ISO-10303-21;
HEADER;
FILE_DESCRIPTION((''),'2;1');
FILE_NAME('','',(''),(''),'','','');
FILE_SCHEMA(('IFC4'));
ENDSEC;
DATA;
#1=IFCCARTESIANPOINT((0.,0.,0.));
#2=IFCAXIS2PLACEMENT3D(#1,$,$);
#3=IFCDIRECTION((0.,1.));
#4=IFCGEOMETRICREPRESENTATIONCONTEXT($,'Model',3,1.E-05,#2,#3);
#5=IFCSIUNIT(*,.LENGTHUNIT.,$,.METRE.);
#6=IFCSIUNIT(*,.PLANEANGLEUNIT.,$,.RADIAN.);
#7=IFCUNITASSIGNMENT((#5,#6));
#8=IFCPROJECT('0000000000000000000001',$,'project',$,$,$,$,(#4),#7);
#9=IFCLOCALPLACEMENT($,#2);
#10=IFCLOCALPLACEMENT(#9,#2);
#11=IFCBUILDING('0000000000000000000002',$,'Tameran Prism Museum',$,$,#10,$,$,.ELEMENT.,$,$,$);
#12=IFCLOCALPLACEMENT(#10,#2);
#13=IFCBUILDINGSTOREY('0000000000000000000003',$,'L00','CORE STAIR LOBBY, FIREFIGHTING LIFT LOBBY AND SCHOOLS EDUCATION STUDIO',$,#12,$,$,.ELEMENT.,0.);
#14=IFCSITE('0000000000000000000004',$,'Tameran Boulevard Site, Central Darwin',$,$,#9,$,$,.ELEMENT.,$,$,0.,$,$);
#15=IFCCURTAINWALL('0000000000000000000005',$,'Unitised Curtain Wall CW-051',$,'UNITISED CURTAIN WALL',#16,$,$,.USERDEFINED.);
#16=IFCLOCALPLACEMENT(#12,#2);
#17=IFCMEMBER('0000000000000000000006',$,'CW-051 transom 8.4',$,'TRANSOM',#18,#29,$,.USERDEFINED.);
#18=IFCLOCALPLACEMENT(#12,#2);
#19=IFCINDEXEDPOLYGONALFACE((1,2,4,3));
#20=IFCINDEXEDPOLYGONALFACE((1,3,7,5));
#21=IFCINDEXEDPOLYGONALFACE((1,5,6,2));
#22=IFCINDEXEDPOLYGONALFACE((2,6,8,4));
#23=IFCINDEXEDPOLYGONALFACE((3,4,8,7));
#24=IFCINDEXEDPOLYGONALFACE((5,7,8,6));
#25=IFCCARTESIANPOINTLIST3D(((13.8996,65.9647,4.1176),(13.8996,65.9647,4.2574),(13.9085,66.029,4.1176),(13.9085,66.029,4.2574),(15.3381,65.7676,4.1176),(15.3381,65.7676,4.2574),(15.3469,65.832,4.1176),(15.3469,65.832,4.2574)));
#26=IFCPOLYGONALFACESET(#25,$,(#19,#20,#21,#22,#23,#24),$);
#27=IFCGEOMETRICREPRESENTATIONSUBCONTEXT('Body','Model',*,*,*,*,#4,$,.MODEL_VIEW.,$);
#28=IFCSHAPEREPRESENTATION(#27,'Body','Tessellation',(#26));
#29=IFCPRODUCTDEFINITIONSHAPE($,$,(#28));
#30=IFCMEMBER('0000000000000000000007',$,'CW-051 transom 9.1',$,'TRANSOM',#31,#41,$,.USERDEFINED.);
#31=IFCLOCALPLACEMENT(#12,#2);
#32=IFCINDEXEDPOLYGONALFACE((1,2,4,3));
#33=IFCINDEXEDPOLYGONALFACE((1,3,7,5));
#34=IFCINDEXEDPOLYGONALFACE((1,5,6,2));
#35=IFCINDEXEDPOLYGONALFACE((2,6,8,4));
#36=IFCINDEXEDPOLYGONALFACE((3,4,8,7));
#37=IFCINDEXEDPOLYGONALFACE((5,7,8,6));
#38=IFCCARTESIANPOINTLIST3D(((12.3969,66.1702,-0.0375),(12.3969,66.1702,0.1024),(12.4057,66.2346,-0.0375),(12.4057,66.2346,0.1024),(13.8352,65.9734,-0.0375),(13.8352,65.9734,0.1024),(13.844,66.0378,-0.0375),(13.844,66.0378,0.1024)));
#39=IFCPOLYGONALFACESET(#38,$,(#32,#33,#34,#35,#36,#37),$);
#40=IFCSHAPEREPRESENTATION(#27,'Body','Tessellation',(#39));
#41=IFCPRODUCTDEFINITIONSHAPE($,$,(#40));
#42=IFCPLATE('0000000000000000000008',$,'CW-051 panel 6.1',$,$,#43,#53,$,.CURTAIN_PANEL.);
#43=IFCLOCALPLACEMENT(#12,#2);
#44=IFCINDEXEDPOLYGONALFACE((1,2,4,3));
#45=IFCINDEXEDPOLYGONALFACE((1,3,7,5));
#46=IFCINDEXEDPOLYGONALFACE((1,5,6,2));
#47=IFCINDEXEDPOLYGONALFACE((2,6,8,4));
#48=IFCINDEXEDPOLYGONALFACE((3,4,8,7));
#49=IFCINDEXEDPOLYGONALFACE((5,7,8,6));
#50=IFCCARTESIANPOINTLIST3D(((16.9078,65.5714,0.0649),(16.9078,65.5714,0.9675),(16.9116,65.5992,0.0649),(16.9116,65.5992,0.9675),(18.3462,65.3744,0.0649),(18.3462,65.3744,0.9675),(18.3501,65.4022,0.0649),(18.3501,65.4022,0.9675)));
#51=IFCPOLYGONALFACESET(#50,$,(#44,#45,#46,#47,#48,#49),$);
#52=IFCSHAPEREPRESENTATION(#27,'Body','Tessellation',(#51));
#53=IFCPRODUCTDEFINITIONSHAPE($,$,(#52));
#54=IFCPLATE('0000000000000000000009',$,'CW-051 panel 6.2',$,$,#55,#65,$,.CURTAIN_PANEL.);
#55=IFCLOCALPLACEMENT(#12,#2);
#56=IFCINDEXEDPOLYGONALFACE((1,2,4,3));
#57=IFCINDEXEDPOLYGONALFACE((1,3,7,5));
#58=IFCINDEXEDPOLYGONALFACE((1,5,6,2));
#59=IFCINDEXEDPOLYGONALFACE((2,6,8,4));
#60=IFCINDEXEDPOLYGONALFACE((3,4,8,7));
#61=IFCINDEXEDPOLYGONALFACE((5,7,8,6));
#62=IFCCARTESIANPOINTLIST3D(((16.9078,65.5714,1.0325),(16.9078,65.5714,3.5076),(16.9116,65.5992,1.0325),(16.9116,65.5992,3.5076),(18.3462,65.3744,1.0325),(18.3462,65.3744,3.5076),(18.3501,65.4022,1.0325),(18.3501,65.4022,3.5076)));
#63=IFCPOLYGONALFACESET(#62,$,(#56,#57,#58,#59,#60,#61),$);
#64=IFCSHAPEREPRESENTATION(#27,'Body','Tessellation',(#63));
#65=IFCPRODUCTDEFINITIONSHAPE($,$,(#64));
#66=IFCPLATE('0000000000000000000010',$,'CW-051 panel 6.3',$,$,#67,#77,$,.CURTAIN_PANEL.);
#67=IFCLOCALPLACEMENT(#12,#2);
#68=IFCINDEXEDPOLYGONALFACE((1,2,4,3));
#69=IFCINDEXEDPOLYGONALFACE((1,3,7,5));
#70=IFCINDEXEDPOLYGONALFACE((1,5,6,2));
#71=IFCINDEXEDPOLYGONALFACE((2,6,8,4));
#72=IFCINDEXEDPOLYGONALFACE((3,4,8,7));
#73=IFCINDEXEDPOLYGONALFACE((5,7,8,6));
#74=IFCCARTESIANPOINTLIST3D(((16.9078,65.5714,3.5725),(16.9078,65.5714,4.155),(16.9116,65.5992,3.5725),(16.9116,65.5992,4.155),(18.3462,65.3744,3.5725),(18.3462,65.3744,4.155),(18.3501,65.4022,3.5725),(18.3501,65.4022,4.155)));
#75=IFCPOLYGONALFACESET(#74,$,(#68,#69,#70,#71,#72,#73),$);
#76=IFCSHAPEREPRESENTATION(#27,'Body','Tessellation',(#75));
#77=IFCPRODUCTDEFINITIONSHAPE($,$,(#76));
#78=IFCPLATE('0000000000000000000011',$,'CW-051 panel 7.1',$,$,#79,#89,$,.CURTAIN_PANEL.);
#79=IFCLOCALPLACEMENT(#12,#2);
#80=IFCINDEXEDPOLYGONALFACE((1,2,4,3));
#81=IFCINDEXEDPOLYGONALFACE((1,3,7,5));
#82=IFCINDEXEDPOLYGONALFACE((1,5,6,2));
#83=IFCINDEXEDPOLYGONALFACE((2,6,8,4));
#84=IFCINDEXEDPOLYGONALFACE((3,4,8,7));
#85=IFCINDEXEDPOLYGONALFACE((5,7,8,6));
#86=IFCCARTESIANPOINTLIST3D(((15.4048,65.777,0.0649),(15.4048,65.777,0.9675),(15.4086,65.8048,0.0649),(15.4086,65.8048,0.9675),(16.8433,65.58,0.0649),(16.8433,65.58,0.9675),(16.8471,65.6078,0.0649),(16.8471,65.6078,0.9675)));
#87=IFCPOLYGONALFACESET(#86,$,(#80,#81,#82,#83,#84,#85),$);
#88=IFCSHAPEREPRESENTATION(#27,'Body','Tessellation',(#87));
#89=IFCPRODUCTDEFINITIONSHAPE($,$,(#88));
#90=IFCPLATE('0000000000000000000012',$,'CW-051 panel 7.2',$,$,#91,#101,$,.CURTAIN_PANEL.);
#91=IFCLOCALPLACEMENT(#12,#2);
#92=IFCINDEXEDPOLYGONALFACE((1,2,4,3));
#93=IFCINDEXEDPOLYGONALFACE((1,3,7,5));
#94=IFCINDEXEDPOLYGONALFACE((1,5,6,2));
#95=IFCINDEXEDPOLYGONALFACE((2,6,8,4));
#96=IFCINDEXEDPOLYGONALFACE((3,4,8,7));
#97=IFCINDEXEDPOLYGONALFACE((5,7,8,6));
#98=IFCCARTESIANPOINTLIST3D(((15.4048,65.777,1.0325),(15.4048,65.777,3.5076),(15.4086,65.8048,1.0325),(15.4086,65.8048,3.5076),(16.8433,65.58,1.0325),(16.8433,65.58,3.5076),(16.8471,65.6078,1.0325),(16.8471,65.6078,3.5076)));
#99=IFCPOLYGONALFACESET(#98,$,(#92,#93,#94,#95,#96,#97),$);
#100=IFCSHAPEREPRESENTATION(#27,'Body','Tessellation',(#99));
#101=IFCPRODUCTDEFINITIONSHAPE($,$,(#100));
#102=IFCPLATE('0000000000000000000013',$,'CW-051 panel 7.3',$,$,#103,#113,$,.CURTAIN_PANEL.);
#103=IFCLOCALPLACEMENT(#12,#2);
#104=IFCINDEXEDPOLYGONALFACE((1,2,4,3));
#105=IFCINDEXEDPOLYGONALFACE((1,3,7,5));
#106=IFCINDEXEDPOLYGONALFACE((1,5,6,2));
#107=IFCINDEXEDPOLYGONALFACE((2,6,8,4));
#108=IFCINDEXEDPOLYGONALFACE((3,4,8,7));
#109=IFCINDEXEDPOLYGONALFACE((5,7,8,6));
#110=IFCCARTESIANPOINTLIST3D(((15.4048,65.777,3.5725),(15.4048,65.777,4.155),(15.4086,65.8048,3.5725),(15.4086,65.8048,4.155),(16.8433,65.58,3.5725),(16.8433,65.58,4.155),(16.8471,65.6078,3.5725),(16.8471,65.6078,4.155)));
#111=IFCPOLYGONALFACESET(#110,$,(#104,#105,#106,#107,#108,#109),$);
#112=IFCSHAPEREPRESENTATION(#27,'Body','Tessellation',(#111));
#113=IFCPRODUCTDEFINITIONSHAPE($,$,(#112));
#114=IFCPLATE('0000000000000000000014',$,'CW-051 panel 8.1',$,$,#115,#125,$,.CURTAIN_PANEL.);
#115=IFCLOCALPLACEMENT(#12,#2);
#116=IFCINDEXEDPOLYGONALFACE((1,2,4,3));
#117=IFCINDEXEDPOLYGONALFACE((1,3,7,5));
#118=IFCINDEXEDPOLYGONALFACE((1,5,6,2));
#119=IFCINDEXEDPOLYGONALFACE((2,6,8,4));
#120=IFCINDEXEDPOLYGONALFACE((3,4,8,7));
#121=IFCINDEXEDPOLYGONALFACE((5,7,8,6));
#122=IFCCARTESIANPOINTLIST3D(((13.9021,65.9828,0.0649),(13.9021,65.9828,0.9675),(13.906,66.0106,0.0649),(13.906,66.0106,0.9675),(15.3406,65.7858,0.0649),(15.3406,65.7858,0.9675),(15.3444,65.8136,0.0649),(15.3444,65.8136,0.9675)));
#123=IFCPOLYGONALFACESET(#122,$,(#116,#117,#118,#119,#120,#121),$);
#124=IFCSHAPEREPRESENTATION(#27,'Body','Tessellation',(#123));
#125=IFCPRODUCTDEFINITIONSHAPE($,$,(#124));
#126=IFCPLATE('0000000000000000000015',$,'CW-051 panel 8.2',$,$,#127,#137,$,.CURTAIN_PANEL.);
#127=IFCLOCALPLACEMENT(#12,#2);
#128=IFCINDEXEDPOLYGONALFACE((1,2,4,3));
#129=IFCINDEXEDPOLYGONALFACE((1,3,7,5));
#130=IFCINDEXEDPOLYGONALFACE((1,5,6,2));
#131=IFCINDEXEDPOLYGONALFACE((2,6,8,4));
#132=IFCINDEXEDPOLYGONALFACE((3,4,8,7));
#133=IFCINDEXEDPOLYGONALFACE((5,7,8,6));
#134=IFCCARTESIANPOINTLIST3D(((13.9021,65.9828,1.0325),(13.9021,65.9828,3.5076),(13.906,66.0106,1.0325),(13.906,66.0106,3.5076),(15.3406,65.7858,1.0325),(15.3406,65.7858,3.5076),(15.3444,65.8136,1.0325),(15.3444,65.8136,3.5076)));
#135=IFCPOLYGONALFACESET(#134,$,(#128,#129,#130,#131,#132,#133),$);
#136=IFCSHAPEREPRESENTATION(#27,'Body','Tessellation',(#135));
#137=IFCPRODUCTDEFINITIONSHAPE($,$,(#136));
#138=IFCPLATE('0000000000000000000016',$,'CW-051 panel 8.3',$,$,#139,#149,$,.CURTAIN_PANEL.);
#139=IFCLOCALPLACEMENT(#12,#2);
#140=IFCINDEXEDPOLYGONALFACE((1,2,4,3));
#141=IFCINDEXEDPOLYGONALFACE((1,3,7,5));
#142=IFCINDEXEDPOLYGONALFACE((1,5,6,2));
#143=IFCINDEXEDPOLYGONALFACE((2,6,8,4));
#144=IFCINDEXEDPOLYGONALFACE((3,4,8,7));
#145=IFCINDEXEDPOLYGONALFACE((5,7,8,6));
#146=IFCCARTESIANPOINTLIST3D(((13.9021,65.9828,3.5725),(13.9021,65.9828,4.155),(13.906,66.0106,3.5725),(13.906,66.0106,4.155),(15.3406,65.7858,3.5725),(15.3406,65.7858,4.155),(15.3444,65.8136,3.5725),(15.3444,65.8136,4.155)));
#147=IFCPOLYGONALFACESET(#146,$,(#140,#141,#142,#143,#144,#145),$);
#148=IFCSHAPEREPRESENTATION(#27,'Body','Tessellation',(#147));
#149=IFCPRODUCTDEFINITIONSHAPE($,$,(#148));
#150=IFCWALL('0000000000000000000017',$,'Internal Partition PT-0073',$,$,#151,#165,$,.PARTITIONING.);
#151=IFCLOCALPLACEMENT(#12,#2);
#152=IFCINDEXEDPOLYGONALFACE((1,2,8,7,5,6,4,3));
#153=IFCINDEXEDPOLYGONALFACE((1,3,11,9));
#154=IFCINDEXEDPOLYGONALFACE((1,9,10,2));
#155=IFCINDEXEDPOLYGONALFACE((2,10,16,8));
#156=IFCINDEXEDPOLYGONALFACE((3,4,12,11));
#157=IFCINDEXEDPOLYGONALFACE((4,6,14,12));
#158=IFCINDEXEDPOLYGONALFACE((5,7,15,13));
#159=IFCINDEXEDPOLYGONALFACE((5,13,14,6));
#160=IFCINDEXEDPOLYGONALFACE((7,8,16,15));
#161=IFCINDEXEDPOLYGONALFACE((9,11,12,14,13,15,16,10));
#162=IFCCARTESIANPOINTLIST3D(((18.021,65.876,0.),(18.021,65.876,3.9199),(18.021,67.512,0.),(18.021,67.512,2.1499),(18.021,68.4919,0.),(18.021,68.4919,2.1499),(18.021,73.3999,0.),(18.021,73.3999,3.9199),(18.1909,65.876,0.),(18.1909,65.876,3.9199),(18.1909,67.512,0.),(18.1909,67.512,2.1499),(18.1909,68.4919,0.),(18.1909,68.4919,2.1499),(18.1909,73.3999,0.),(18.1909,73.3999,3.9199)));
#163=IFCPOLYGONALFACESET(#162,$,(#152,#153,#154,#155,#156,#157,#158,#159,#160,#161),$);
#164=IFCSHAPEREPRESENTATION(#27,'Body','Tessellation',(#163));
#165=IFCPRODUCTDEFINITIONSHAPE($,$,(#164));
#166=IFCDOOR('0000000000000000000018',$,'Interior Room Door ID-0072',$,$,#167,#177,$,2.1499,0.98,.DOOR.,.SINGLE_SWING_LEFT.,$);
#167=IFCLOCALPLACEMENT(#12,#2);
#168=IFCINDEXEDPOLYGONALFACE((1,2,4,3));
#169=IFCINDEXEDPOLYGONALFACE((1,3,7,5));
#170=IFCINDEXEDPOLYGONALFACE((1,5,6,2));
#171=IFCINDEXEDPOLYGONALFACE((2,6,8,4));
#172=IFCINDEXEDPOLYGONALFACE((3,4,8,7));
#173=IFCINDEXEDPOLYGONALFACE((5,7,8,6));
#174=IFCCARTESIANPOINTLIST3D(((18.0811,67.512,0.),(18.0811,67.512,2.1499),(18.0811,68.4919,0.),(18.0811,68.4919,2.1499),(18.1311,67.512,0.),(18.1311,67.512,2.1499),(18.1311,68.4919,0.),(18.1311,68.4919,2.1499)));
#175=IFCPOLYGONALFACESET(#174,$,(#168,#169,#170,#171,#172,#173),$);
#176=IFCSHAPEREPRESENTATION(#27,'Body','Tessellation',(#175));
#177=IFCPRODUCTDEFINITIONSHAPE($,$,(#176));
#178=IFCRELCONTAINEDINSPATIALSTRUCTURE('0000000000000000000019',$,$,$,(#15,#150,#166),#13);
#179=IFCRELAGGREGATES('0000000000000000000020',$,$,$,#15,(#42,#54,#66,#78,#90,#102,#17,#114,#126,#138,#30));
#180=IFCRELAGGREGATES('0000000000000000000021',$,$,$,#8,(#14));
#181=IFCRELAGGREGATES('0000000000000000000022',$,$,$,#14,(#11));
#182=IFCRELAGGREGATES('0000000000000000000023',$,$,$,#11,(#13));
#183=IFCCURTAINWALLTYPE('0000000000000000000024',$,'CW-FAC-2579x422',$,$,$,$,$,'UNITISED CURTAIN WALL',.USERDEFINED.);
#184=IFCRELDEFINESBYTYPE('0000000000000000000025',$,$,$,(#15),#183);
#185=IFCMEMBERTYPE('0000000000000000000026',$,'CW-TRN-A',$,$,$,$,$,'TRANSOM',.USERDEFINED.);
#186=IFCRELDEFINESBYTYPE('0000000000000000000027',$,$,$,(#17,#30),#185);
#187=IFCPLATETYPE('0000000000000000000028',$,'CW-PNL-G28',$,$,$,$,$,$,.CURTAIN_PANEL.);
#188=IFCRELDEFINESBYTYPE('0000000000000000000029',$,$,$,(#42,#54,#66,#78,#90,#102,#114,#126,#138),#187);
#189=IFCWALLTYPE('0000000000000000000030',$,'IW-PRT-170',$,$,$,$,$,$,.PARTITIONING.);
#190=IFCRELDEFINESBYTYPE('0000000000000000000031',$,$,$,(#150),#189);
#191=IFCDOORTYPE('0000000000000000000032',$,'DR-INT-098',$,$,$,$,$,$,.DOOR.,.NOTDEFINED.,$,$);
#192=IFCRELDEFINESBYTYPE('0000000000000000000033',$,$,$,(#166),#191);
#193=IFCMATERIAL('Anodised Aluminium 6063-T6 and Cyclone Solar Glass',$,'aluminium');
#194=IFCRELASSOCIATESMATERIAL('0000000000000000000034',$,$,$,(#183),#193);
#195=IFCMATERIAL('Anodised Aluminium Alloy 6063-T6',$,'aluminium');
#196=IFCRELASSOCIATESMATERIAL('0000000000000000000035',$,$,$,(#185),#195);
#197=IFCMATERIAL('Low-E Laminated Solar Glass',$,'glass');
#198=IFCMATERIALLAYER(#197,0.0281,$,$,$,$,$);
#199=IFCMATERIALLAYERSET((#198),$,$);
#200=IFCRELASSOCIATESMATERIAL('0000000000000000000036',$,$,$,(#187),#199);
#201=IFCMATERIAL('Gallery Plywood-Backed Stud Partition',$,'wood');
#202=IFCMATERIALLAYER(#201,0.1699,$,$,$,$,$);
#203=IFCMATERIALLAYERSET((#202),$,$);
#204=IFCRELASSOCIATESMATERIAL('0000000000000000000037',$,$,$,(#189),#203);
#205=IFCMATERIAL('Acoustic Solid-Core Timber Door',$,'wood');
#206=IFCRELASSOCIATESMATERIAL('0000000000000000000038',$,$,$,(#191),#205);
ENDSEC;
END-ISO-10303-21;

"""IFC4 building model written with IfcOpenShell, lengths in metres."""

from ifc_helpers import new_model, si_unit, direction, frame, frame_2d, origin, origin_2d, place, context, subcontext, project, spatial, rectangle, extrude, material, layer, layer_set, material_profile, profile_set, type_object, element, fill, aggregate, save


model = new_model("IFC4")

# Units and contexts
model_context = context("Model", 3, precision=1e-05, world=origin(), true_north=direction((0.0, 1.0)))
body_context = subcontext(model_context, "Body", "Model", "MODEL_VIEW")
ifc_project = project(units=[si_unit("LENGTHUNIT", "METRE"), si_unit("PLANEANGLEUNIT", "RADIAN")], contexts=[model_context])

# Site, building, storey
site_placement = place(None, origin())
site = spatial("IfcSite", under=ifc_project, at=site_placement, Name="Tameran Boulevard Site, Central Darwin", CompositionType="ELEMENT", RefElevation=0.0)
building_placement = place(site_placement, origin())
building = spatial("IfcBuilding", under=site, at=building_placement, Name="Tameran Prism Museum", CompositionType="ELEMENT")
storey_placement = place(building_placement, origin())
storey = spatial("IfcBuildingStorey", under=building, at=storey_placement, Name="L00", Description="CORE STAIR LOBBY, FIREFIGHTING LIFT LOBBY AND SCHOOLS EDUCATION STUDIO", CompositionType="ELEMENT", Elevation=0.0)

# Curtain wall, members, plates
ifc_material_1 = material(Name="Anodised Aluminium 6063-T6 and Cyclone Solar Glass", Category="aluminium")
curtain_wall_type = type_object("IfcCurtainWallType", Name="CW-FAC-2579x422", ElementType="UNITISED CURTAIN WALL", PredefinedType="USERDEFINED", material=ifc_material_1)
curtain_wall_placement = place(storey_placement, origin())
curtain_wall = element("IfcCurtainWall", 1, at=curtain_wall_placement, inside=storey, type_object=curtain_wall_type, Name="Unitised Curtain Wall CW-051", ObjectType="UNITISED CURTAIN WALL", PredefinedType="USERDEFINED")
ifc_material_2 = material(Name="Anodised Aluminium Alloy 6063-T6", Category="aluminium")
ifc_material_profile_1 = material_profile(ifc_material_2, rectangle(XDim=0.0649, YDim=0.1399, at=origin_2d()))
ifc_profile_set_1 = profile_set([ifc_material_profile_1])
member_type_1 = type_object("IfcMemberType", Name="CW-TRN-A", ElementType="TRANSOM", PredefinedType="USERDEFINED", material=ifc_profile_set_1)
member_1_placement = place(storey_placement, frame((15.3425, 65.7998, 4.1875), z_axis=(-0.99075, 0.135698, 0.0), x_axis=(-0.135698, -0.99075, 0.0)))
member_1 = element("IfcMember", 2, at=member_1_placement, type_object=member_type_1, Name="CW-051 transom 8.4", ObjectType="TRANSOM", PredefinedType="USERDEFINED", context=body_context, shape_type="SweptSolid", body=[
    extrude(rectangle(XDim=0.0649, YDim=0.1399, at=origin_2d()), origin(), (0.0, 0.0, 1.0), 1.4519),
])
member_2_placement = place(storey_placement, frame((13.8396, 66.0056, 0.0325), z_axis=(-0.99077, 0.135556, 0.0), x_axis=(-0.135556, -0.99077, 0.0)))
member_2 = element("IfcMember", 3, at=member_2_placement, type_object=member_type_1, Name="CW-051 transom 9.1", ObjectType="TRANSOM", PredefinedType="USERDEFINED", context=body_context, shape_type="SweptSolid", body=[
    extrude(rectangle(XDim=0.0649, YDim=0.1399, at=origin_2d()), origin(), (0.0, 0.0, 1.0), 1.4517),
])
ifc_material_3 = material(Name="Low-E Laminated Solar Glass", Category="glass")
ifc_layer_1 = layer(ifc_material_3, 0.0281)
ifc_layer_set_1 = layer_set([ifc_layer_1])
plate_type = type_object("IfcPlateType", Name="CW-PNL-G28", PredefinedType="CURTAIN_PANEL", material=ifc_layer_set_1)
plate_1_placement = place(storey_placement, frame((17.6289, 65.4868, 0.0649), z_axis=(0.0, 0.0, 1.0), x_axis=(-0.990756, 0.135658, 0.0)))
plate_1 = element("IfcPlate", 4, at=plate_1_placement, type_object=plate_type, Name="CW-051 panel 6.1", PredefinedType="CURTAIN_PANEL", context=body_context, shape_type="SweptSolid", body=[
    extrude(rectangle(XDim=1.4519, YDim=0.0281, at=origin_2d()), origin(), (0.0, 0.0, 1.0), 0.9026),
])
plate_2_placement = place(storey_placement, frame((17.6289, 65.4868, 1.0325), z_axis=(0.0, 0.0, 1.0), x_axis=(-0.990756, 0.135658, 0.0)))
plate_2 = element("IfcPlate", 5, at=plate_2_placement, type_object=plate_type, Name="CW-051 panel 6.2", PredefinedType="CURTAIN_PANEL", context=body_context, shape_type="SweptSolid", body=[
    extrude(rectangle(XDim=1.4519, YDim=0.0281, at=origin_2d()), origin(), (0.0, 0.0, 1.0), 2.4751),
])
plate_3_placement = place(storey_placement, frame((17.6289, 65.4868, 3.5725), z_axis=(0.0, 0.0, 1.0), x_axis=(-0.990756, 0.135658, 0.0)))
plate_3 = element("IfcPlate", 6, at=plate_3_placement, type_object=plate_type, Name="CW-051 panel 6.3", PredefinedType="CURTAIN_PANEL", context=body_context, shape_type="SweptSolid", body=[
    extrude(rectangle(XDim=1.4519, YDim=0.0281, at=origin_2d()), origin(), (0.0, 0.0, 1.0), 0.5825),
])
plate_4_placement = place(storey_placement, frame((16.126, 65.6924, 0.0649), z_axis=(0.0, 0.0, 1.0), x_axis=(-0.990756, 0.135658, 0.0)))
plate_4 = element("IfcPlate", 7, at=plate_4_placement, type_object=plate_type, Name="CW-051 panel 7.1", PredefinedType="CURTAIN_PANEL", context=body_context, shape_type="SweptSolid", body=[
    extrude(rectangle(XDim=1.4519, YDim=0.0281, at=origin_2d()), origin(), (0.0, 0.0, 1.0), 0.9026),
])
plate_5_placement = place(storey_placement, frame((16.126, 65.6924, 1.0325), z_axis=(0.0, 0.0, 1.0), x_axis=(-0.990756, 0.135658, 0.0)))
plate_5 = element("IfcPlate", 8, at=plate_5_placement, type_object=plate_type, Name="CW-051 panel 7.2", PredefinedType="CURTAIN_PANEL", context=body_context, shape_type="SweptSolid", body=[
    extrude(rectangle(XDim=1.4519, YDim=0.0281, at=origin_2d()), origin(), (0.0, 0.0, 1.0), 2.4751),
])
plate_6_placement = place(storey_placement, frame((16.126, 65.6924, 3.5725), z_axis=(0.0, 0.0, 1.0), x_axis=(-0.990756, 0.135658, 0.0)))
plate_6 = element("IfcPlate", 9, at=plate_6_placement, type_object=plate_type, Name="CW-051 panel 7.3", PredefinedType="CURTAIN_PANEL", context=body_context, shape_type="SweptSolid", body=[
    extrude(rectangle(XDim=1.4519, YDim=0.0281, at=origin_2d()), origin(), (0.0, 0.0, 1.0), 0.5825),
])
plate_7_placement = place(storey_placement, frame((14.6233, 65.8982, 0.0649), z_axis=(0.0, 0.0, 1.0), x_axis=(-0.990756, 0.135658, 0.0)))
plate_7 = element("IfcPlate", 10, at=plate_7_placement, type_object=plate_type, Name="CW-051 panel 8.1", PredefinedType="CURTAIN_PANEL", context=body_context, shape_type="SweptSolid", body=[
    extrude(rectangle(XDim=1.4519, YDim=0.0281, at=origin_2d()), origin(), (0.0, 0.0, 1.0), 0.9026),
])
plate_8_placement = place(storey_placement, frame((14.6233, 65.8982, 1.0325), z_axis=(0.0, 0.0, 1.0), x_axis=(-0.990756, 0.135658, 0.0)))
plate_8 = element("IfcPlate", 11, at=plate_8_placement, type_object=plate_type, Name="CW-051 panel 8.2", PredefinedType="CURTAIN_PANEL", context=body_context, shape_type="SweptSolid", body=[
    extrude(rectangle(XDim=1.4519, YDim=0.0281, at=origin_2d()), origin(), (0.0, 0.0, 1.0), 2.4751),
])
plate_9_placement = place(storey_placement, frame((14.6233, 65.8982, 3.5725), z_axis=(0.0, 0.0, 1.0), x_axis=(-0.990756, 0.135658, 0.0)))
plate_9 = element("IfcPlate", 12, at=plate_9_placement, type_object=plate_type, Name="CW-051 panel 8.3", PredefinedType="CURTAIN_PANEL", context=body_context, shape_type="SweptSolid", body=[
    extrude(rectangle(XDim=1.4519, YDim=0.0281, at=origin_2d()), origin(), (0.0, 0.0, 1.0), 0.5825),
])
aggregate(curtain_wall, [plate_1, plate_2, plate_3, plate_4, plate_5, plate_6, member_1, plate_7, plate_8, plate_9, member_2])

# Wall, opening, door
ifc_material_4 = material(Name="Gallery Plywood-Backed Stud Partition", Category="wood")
ifc_layer_2 = layer(ifc_material_4, 0.1699)
ifc_layer_set_2 = layer_set([ifc_layer_2])
wall_type = type_object("IfcWallType", Name="IW-PRT-170", PredefinedType="PARTITIONING", material=ifc_layer_set_2)
wall_placement = place(storey_placement, frame((18.106, 65.876, 0.0), z_axis=(0.0, 0.0, 1.0), x_axis=(0.0, 1.0, 0.0)))
wall = element("IfcWall", 13, at=wall_placement, inside=storey, type_object=wall_type, Name="Internal Partition PT-0073", PredefinedType="PARTITIONING", context=body_context, shape_type="SweptSolid", body=[
    extrude(rectangle(XDim=7.5239, YDim=0.1699, at=frame_2d((3.762, 0.0))), origin(), (0.0, 0.0, 1.0), 3.9199),
])
opening_placement = place(wall_placement, frame((1.636, 0.0, 0.0)))
opening = element("IfcOpeningElement", 14, at=opening_placement, cuts=wall, PredefinedType="OPENING", context=body_context, shape_type="SweptSolid", body=[
    extrude(rectangle(XDim=0.98, YDim=2.1499, at=frame_2d((0.49, 1.075))), frame((0.0, 0.095, 0.0), z_axis=(0.0, -1.0, 0.0), x_axis=(1.0, 0.0, 0.0)), (0.0, 0.0, 1.0), 0.1899),
])
ifc_material_5 = material(Name="Acoustic Solid-Core Timber Door", Category="wood")
door_type = type_object("IfcDoorType", Name="DR-INT-098", OperationType="NOTDEFINED", PredefinedType="DOOR", material=ifc_material_5)
door_placement = place(opening_placement, origin())
door = element("IfcDoor", 15, at=door_placement, inside=storey, type_object=door_type, Name="Interior Room Door ID-0072", OperationType="SINGLE_SWING_LEFT", OverallHeight=2.1499, OverallWidth=0.98, PredefinedType="DOOR", context=body_context, shape_type="SweptSolid", body=[
    extrude(rectangle(XDim=0.98, YDim=2.1499, at=frame_2d((0.49, 1.075))), frame((0.0, 0.0249, 0.0), z_axis=(0.0, -1.0, 0.0), x_axis=(1.0, 0.0, 0.0)), (0.0, 0.0, 1.0), 0.05),
])
fill(opening, door)

save(model, "model.ifc")
